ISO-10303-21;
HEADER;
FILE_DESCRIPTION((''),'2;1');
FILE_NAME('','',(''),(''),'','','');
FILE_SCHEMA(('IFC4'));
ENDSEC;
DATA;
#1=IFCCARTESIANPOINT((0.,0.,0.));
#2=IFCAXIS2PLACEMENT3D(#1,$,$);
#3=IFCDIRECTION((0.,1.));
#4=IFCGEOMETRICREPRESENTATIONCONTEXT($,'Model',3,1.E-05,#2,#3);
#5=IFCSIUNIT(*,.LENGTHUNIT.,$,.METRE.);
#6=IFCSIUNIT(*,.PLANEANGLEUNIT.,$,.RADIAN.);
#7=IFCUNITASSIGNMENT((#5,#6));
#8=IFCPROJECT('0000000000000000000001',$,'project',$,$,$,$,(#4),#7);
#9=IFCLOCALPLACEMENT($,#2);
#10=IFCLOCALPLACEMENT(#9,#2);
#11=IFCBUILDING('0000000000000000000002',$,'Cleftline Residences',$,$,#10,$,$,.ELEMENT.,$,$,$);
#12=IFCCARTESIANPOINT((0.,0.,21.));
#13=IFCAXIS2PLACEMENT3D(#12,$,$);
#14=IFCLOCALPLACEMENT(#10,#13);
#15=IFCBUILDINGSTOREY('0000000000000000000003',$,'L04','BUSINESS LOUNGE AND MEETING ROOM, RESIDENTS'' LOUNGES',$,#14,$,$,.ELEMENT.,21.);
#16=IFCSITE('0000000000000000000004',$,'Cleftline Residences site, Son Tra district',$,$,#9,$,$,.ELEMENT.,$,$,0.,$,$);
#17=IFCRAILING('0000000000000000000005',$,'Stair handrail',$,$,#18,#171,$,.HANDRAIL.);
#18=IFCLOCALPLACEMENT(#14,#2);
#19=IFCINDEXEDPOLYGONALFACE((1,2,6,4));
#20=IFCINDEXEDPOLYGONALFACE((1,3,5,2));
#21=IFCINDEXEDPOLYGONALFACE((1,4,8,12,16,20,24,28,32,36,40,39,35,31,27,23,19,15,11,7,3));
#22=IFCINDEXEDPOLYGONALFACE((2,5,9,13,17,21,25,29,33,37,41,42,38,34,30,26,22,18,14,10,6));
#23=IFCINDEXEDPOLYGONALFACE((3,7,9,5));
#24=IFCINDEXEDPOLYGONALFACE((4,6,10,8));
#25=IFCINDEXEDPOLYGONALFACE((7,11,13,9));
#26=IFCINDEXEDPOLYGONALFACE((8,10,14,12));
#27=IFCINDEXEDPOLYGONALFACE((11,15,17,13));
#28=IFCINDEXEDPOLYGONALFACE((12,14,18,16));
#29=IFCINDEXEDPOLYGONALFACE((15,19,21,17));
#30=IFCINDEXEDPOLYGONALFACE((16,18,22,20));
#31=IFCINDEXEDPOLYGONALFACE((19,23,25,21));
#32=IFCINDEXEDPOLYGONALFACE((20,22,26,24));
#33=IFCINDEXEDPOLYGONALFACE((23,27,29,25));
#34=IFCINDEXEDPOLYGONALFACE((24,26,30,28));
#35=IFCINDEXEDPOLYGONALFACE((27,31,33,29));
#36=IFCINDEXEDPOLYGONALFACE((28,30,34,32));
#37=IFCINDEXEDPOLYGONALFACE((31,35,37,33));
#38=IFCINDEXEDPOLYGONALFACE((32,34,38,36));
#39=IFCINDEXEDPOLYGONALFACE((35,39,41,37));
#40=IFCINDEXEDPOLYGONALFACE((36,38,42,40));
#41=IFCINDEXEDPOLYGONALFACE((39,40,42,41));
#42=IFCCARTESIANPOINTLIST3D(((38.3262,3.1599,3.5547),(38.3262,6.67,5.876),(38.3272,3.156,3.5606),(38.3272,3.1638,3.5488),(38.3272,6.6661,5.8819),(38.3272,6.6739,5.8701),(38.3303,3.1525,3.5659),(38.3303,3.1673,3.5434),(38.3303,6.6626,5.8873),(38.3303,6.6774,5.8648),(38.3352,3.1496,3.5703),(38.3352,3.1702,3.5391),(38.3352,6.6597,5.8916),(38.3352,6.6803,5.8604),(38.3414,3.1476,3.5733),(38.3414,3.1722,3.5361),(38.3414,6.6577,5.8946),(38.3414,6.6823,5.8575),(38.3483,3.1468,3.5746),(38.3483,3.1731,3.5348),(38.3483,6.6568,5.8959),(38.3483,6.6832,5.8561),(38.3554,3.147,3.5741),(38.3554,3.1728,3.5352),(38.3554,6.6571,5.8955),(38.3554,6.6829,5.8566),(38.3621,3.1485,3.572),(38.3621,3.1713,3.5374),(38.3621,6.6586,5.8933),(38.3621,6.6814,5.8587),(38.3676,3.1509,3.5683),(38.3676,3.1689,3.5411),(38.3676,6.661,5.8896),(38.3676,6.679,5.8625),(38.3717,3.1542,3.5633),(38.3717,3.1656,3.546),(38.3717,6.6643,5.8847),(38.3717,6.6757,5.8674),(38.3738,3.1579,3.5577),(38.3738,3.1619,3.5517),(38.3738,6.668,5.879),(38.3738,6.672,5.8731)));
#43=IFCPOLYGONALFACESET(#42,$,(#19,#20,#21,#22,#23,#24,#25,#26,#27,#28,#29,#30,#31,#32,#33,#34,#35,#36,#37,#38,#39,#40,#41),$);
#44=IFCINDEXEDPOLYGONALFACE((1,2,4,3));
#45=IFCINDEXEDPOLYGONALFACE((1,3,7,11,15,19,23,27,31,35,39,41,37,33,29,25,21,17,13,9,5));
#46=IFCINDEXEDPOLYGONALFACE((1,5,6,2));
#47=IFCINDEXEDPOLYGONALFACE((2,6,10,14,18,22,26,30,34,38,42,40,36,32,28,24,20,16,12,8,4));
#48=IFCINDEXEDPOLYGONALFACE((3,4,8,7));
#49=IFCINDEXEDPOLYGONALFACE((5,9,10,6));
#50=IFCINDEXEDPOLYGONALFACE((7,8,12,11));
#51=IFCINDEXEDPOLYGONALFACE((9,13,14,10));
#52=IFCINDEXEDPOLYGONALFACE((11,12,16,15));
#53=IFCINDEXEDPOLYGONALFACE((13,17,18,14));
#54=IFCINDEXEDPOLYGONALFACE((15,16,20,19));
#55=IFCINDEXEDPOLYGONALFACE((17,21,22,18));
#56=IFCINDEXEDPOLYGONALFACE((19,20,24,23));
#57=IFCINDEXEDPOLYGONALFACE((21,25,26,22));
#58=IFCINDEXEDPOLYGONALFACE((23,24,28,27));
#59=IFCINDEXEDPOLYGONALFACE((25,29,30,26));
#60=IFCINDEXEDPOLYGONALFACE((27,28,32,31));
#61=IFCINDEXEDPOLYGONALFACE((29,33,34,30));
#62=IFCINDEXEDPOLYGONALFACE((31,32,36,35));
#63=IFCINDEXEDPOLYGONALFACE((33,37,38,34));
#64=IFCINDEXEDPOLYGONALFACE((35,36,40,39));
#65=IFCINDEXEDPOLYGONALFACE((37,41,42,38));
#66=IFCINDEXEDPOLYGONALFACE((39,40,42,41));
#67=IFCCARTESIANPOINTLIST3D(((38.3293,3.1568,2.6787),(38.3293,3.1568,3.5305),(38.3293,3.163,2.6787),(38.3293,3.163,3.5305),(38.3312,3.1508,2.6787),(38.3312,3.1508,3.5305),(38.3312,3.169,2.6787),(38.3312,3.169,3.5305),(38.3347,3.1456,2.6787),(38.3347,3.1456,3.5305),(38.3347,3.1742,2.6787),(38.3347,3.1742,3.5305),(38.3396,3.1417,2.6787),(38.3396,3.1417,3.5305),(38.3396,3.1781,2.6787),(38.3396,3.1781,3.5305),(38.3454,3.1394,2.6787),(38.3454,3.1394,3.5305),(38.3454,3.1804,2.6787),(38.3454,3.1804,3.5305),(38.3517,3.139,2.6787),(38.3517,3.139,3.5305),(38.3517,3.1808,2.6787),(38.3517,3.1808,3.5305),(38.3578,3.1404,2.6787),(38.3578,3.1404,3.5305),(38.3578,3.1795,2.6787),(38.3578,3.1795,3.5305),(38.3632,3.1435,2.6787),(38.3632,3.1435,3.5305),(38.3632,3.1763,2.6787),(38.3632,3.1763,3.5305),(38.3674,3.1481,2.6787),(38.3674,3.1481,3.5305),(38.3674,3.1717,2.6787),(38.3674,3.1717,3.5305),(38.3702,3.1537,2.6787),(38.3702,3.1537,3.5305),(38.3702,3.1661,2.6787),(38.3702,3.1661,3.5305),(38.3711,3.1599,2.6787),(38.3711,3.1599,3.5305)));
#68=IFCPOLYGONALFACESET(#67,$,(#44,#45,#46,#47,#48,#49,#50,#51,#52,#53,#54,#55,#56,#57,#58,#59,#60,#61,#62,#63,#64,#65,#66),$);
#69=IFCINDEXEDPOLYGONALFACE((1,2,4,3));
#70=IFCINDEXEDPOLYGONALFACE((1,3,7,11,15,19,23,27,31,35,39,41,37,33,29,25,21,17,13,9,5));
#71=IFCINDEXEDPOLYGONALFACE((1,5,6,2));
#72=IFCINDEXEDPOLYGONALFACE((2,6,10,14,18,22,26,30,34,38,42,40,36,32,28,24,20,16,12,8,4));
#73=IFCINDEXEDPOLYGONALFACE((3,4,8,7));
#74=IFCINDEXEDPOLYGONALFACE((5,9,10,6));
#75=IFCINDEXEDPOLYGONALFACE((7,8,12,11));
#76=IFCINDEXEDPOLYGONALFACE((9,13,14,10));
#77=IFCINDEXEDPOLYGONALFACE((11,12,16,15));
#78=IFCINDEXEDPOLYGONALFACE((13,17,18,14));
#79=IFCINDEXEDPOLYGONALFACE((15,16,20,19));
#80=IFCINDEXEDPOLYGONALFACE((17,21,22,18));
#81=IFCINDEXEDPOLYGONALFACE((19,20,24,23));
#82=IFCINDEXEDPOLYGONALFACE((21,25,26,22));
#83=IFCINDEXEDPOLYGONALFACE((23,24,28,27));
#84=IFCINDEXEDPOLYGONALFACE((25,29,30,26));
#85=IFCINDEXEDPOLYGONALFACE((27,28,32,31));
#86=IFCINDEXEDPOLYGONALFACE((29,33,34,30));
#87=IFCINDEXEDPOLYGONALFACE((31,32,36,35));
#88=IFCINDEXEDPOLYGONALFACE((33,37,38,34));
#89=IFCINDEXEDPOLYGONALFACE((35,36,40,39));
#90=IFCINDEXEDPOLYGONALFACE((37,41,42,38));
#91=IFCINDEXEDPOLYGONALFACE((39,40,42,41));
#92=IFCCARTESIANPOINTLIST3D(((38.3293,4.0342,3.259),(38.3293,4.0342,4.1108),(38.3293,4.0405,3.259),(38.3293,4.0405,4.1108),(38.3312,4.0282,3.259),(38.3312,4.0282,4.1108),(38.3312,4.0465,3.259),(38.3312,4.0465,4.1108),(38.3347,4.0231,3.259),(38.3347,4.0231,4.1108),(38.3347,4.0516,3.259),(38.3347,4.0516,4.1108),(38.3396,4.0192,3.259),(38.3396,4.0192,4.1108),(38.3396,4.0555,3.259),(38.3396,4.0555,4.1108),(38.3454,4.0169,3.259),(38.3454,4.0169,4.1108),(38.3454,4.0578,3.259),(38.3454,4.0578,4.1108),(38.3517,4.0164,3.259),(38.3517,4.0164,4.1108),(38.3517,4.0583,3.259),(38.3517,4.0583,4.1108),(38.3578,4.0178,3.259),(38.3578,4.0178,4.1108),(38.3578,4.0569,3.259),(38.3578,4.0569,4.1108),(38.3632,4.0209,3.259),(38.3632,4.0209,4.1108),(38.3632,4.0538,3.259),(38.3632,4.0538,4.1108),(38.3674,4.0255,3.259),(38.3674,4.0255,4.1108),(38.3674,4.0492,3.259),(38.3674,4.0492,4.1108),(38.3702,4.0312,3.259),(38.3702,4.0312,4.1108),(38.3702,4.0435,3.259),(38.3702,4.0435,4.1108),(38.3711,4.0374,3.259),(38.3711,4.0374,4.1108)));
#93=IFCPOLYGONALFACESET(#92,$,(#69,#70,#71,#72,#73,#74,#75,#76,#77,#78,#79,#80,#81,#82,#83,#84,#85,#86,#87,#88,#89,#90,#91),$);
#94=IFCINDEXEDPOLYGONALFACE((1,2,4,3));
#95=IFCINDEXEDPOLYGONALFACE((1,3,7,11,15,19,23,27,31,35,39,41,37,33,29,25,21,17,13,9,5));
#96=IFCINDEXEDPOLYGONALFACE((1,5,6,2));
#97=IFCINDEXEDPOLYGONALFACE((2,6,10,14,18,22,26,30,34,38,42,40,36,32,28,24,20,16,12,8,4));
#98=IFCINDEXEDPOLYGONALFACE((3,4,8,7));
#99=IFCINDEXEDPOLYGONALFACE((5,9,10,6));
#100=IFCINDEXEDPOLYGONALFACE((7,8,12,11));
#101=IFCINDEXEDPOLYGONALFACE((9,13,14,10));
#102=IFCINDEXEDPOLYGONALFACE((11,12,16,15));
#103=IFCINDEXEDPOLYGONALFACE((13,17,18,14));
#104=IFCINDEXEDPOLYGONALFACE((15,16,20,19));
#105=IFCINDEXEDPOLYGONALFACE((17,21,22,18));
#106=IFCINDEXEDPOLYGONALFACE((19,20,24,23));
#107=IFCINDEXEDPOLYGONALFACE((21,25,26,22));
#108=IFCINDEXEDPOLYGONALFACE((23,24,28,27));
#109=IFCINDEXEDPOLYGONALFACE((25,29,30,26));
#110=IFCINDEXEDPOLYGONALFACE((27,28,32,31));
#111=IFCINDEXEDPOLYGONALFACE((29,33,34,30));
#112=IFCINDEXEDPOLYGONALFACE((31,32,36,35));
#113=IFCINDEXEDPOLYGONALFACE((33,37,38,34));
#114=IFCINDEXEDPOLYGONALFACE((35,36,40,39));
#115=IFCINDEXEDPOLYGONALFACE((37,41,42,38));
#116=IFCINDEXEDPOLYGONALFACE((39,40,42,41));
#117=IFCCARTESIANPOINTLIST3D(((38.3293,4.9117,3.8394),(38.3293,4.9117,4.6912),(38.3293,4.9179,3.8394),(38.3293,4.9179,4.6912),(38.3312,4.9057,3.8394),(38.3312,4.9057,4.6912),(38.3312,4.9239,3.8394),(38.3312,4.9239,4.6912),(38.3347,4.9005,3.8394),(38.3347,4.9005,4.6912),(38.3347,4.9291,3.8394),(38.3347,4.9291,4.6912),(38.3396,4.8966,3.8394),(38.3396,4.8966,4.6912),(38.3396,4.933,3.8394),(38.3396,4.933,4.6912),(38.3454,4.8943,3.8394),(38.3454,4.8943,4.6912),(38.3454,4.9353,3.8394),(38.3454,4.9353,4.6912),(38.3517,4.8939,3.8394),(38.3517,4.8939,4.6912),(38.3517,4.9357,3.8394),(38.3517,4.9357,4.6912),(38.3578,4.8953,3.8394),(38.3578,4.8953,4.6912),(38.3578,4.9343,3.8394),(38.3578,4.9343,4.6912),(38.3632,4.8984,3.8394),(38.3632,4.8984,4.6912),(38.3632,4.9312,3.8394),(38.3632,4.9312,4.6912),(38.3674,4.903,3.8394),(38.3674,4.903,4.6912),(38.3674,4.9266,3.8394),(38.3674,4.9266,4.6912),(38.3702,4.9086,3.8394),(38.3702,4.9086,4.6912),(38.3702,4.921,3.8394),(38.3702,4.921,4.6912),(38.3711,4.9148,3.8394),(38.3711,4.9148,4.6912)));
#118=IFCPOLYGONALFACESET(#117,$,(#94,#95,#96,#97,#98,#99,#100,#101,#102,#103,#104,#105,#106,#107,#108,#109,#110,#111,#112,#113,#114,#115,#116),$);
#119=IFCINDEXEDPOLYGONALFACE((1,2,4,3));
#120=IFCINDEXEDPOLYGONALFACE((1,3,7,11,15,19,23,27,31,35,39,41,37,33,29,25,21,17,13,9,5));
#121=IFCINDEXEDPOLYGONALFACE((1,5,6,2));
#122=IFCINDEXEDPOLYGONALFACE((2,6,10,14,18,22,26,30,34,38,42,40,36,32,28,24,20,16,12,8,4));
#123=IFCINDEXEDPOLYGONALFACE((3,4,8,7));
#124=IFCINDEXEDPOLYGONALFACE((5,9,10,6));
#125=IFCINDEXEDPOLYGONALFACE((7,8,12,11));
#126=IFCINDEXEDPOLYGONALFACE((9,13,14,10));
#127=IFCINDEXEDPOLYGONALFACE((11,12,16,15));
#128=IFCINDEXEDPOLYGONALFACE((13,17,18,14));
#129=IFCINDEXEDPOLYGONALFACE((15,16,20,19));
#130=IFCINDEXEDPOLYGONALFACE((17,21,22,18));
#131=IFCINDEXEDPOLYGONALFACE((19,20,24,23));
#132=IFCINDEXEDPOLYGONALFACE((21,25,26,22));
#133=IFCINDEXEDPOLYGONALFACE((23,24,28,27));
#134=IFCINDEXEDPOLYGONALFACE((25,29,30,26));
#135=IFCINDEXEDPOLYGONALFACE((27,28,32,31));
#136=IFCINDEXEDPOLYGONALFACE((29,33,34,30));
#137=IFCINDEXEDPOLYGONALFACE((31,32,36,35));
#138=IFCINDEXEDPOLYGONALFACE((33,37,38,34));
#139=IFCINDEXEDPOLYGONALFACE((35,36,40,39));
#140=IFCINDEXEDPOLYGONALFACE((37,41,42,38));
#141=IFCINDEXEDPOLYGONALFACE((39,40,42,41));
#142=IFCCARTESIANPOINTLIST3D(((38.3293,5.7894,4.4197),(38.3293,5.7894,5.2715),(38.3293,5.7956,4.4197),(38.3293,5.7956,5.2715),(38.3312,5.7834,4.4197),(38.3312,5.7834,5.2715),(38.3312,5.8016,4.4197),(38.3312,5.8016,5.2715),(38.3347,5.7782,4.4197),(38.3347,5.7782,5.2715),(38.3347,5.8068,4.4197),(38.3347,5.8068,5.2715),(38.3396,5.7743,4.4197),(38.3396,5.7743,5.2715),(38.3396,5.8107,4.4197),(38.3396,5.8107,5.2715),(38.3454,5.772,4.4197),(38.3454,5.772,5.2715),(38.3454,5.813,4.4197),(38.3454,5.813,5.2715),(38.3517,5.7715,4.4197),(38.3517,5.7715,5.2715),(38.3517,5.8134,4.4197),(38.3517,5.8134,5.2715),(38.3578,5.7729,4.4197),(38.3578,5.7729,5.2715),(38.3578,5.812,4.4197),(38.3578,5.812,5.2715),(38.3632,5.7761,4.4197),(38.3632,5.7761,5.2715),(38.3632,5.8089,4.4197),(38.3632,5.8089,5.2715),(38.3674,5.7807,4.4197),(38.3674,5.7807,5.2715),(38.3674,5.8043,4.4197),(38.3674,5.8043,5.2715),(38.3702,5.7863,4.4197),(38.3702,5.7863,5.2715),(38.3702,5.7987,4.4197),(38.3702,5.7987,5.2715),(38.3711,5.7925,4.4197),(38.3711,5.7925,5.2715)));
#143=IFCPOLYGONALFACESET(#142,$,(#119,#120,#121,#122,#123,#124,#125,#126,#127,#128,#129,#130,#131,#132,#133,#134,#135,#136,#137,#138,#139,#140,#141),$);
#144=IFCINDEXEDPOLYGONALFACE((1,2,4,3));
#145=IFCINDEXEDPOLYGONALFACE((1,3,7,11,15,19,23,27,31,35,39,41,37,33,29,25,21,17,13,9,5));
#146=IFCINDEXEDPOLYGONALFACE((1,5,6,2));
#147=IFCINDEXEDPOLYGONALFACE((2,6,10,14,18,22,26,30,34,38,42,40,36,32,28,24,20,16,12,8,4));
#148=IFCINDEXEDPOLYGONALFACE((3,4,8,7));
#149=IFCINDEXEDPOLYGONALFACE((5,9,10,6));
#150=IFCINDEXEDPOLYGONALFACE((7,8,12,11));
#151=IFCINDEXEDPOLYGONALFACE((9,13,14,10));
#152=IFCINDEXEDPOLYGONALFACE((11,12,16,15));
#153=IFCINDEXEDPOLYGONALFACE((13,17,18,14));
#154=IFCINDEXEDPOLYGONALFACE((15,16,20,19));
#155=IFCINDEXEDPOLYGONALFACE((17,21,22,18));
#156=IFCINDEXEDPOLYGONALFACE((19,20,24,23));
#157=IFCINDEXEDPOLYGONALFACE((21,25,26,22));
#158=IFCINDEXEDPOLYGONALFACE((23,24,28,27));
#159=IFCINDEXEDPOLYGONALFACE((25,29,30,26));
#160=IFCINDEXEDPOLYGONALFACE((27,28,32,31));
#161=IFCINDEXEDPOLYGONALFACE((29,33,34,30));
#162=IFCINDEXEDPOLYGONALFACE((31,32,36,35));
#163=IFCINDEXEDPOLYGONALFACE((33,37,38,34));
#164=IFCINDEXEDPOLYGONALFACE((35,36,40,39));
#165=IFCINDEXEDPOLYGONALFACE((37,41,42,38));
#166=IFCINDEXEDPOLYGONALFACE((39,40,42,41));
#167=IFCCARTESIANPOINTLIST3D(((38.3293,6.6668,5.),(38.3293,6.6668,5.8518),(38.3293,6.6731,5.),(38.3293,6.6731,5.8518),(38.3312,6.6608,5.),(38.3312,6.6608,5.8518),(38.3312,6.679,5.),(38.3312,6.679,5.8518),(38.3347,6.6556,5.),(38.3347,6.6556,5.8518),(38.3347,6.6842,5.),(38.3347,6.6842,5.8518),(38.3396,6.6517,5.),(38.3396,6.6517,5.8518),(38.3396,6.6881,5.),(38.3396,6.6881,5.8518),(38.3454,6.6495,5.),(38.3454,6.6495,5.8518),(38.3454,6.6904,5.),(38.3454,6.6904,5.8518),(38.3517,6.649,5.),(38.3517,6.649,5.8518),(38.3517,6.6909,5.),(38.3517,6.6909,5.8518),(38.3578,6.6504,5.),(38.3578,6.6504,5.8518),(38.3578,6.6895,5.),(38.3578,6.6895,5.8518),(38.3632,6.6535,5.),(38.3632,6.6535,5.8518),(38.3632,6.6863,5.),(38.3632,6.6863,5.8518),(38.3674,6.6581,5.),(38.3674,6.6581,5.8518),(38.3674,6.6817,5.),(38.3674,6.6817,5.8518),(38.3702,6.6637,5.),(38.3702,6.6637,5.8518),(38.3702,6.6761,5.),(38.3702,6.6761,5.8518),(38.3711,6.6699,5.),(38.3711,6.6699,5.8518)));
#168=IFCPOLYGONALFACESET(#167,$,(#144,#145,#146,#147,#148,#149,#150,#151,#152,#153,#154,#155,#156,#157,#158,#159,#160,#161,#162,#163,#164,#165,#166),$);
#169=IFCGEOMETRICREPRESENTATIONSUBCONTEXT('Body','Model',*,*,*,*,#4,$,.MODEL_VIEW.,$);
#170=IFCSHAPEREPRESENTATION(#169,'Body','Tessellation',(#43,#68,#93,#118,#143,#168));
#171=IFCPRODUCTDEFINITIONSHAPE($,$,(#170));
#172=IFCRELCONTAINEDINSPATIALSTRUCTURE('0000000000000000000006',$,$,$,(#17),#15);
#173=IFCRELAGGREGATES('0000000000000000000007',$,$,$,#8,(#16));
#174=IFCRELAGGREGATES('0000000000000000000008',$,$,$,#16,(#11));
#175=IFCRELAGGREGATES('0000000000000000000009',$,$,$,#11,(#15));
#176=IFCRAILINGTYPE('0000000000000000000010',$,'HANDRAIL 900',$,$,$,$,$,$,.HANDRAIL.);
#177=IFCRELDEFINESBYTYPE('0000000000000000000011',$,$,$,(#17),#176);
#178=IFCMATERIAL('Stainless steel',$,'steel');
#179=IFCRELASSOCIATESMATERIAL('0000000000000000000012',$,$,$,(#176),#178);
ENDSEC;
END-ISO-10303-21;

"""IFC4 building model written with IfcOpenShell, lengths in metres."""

from ifc_helpers import new_model, si_unit, direction, frame, origin, origin_2d, place, context, subcontext, project, spatial, circle, extrude, material, type_object, element, save


model = new_model("IFC4")

# Units and contexts
model_context = context("Model", 3, precision=1e-05, world=origin(), true_north=direction((0.0, 1.0)))
body_context = subcontext(model_context, "Body", "Model", "MODEL_VIEW")
ifc_project = project(units=[si_unit("LENGTHUNIT", "METRE"), si_unit("PLANEANGLEUNIT", "RADIAN")], contexts=[model_context])

# Site, building, storey
site_placement = place(None, origin())
site = spatial("IfcSite", under=ifc_project, at=site_placement, Name="Cleftline Residences site, Son Tra district", CompositionType="ELEMENT", RefElevation=0.0)
building_placement = place(site_placement, origin())
building = spatial("IfcBuilding", under=site, at=building_placement, Name="Cleftline Residences", CompositionType="ELEMENT")
storey_placement = place(building_placement, frame((0.0, 0.0, 21.0)))
storey = spatial("IfcBuildingStorey", under=building, at=storey_placement, Name="L04", Description="BUSINESS LOUNGE AND MEETING ROOM, RESIDENTS' LOUNGES", CompositionType="ELEMENT", Elevation=21.0)

# Railing
ifc_material_1 = material(Name="Stainless steel", Category="steel")
railing_type = type_object("IfcRailingType", Name="HANDRAIL 900", PredefinedType="HANDRAIL", material=ifc_material_1)
railing_1_placement = place(storey_placement, frame((38.3501, 3.1599, 2.6787)))
element("IfcRailing", 1, at=railing_1_placement, inside=storey, type_object=railing_type, Name="Stair handrail", PredefinedType="HANDRAIL", context=body_context, shape_type="SweptSolid", body=[
    extrude(circle(Radius=0.0239, at=origin_2d()), frame((0.0, 0.0, 0.876), z_axis=(0.0, 0.834097, 0.551617), x_axis=(-1.0, 0.0, 0.0)), (0.0, 0.0, 1.0), 4.2083),
    extrude(circle(Radius=0.021, at=origin_2d()), origin(), (0.0, 0.0, 1.0), 0.8518),
    extrude(circle(Radius=0.021, at=origin_2d()), frame((0.0, 0.8774, 0.5803)), (0.0, 0.0, 1.0), 0.8518),
    extrude(circle(Radius=0.021, at=origin_2d()), frame((0.0, 1.7549, 1.1606)), (0.0, 0.0, 1.0), 0.8518),
    extrude(circle(Radius=0.021, at=origin_2d()), frame((0.0, 2.6326, 1.741)), (0.0, 0.0, 1.0), 0.8518),
    extrude(circle(Radius=0.021, at=origin_2d()), frame((0.0, 3.51, 2.3213)), (0.0, 0.0, 1.0), 0.8518),
])

save(model, "model.ifc")
